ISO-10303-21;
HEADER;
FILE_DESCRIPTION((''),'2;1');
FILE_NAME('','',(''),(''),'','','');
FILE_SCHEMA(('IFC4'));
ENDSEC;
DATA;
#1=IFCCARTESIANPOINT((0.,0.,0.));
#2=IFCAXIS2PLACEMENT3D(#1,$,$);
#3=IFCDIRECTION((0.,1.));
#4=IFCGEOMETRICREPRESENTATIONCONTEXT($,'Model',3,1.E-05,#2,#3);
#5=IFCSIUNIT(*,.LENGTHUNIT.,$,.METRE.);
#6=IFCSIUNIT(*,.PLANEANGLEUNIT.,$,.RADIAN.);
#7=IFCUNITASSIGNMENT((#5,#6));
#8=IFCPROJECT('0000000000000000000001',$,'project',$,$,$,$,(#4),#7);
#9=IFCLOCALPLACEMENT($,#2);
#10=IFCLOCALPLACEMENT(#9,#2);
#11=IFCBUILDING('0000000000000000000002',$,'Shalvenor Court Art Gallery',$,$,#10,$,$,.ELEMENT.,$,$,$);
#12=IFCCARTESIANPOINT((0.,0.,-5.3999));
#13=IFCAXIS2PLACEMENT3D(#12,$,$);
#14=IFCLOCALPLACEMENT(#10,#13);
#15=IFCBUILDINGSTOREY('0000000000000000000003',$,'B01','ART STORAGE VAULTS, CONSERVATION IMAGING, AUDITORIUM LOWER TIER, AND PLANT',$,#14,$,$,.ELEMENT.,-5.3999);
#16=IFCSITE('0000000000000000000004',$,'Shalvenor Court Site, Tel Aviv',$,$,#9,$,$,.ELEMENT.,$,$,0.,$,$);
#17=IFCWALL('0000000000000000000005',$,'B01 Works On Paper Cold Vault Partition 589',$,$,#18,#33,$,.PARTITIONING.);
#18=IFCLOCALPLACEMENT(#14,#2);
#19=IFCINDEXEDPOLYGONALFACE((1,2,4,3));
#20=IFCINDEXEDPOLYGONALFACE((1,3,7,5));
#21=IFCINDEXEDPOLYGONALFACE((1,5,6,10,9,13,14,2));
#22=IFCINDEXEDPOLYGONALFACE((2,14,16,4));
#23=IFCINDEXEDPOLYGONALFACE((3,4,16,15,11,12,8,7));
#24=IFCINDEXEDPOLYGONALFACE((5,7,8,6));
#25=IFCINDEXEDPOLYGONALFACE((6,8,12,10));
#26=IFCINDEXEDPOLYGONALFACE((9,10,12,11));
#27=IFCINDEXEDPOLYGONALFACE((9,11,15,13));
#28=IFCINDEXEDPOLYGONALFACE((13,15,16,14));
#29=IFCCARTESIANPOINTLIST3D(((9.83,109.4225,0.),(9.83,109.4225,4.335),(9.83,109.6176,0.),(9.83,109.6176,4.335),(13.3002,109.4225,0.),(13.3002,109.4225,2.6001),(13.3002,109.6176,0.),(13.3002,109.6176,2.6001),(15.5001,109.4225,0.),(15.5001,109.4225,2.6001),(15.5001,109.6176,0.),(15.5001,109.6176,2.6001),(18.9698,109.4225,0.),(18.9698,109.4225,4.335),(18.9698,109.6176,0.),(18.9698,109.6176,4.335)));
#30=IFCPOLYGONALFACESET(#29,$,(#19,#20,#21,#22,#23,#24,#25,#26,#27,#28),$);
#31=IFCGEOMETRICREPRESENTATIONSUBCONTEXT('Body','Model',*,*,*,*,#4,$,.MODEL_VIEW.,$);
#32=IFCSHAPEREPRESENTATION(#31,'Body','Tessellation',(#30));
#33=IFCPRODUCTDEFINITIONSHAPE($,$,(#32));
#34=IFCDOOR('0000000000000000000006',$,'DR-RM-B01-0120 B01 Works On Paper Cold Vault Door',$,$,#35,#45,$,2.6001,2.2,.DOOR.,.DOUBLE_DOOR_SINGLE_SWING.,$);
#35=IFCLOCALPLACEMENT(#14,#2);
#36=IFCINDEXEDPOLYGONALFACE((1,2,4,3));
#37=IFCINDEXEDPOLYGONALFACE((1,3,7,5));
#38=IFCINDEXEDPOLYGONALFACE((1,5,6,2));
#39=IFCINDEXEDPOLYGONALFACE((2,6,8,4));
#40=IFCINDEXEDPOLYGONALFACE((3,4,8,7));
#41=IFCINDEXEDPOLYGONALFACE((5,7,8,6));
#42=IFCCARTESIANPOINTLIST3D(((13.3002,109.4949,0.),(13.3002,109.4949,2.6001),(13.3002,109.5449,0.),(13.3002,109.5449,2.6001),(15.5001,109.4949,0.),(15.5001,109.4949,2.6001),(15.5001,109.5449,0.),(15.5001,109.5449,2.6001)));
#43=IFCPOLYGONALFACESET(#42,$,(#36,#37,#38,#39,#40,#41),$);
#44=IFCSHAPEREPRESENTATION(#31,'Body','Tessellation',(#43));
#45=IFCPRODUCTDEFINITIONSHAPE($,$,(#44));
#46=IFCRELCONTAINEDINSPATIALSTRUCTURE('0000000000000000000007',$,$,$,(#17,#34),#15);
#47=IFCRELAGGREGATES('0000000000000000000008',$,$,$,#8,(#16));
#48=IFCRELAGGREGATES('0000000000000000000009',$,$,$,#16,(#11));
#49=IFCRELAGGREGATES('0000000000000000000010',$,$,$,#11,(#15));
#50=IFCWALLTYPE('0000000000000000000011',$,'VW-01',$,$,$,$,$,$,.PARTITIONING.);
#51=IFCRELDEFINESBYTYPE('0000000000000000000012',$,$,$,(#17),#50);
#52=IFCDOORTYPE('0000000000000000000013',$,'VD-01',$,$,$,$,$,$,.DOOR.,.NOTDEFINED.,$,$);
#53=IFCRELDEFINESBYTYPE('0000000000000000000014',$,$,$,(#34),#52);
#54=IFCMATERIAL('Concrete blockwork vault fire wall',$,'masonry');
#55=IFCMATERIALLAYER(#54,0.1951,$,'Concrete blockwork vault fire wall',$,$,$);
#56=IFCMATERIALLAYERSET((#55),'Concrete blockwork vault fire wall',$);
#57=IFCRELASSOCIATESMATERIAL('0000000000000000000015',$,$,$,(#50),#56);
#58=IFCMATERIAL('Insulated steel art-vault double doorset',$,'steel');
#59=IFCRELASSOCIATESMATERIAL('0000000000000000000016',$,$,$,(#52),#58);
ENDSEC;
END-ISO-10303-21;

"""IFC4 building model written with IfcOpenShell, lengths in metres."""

from ifc_helpers import new_model, si_unit, direction, frame, frame_2d, origin, place, context, subcontext, project, spatial, rectangle, extrude, material, layer, layer_set, type_object, element, fill, save


model = new_model("IFC4")

# Units and contexts
model_context = context("Model", 3, precision=1e-05, world=origin(), true_north=direction((0.0, 1.0)))
body_context = subcontext(model_context, "Body", "Model", "MODEL_VIEW")
ifc_project = project(units=[si_unit("LENGTHUNIT", "METRE"), si_unit("PLANEANGLEUNIT", "RADIAN")], contexts=[model_context])

# Site, building, storey
site_placement = place(None, origin())
site = spatial("IfcSite", under=ifc_project, at=site_placement, Name="Shalvenor Court Site, Tel Aviv", CompositionType="ELEMENT", RefElevation=0.0)
building_placement = place(site_placement, origin())
building = spatial("IfcBuilding", under=site, at=building_placement, Name="Shalvenor Court Art Gallery", CompositionType="ELEMENT")
storey_placement = place(building_placement, frame((0.0, 0.0, -5.3999)))
storey = spatial("IfcBuildingStorey", under=building, at=storey_placement, Name="B01", Description="ART STORAGE VAULTS, CONSERVATION IMAGING, AUDITORIUM LOWER TIER, AND PLANT", CompositionType="ELEMENT", Elevation=-5.3999)

# Wall, opening, door
ifc_material_1 = material(Name="Concrete blockwork vault fire wall", Category="masonry")
ifc_layer_1 = layer(ifc_material_1, 0.1951, Name="Concrete blockwork vault fire wall")
ifc_layer_set_1 = layer_set([ifc_layer_1], Name="Concrete blockwork vault fire wall")
wall_type_1 = type_object("IfcWallType", Name="VW-01", PredefinedType="PARTITIONING", material=ifc_layer_set_1)
ifc_material_2 = material(Name="Insulated steel art-vault double doorset", Category="steel")
door_type_1 = type_object("IfcDoorType", Name="VD-01", OperationType="NOTDEFINED", PredefinedType="DOOR", material=ifc_material_2)
wall_1_placement = place(storey_placement, frame((9.8301, 109.52, 0.0), z_axis=(0.0, 0.0, 1.0), x_axis=(1.0, 0.0, 0.0)))
wall_1 = element("IfcWall", 1, at=wall_1_placement, inside=storey, type_object=wall_type_1, Name="B01 Works On Paper Cold Vault Partition 589", PredefinedType="PARTITIONING", context=body_context, shape_type="SweptSolid", body=[
    extrude(rectangle(XDim=9.1399, YDim=0.1951, at=frame_2d((4.5698, 0.0))), origin(), (0.0, 0.0, 1.0), 4.335),
])
opening_1_placement = place(wall_1_placement, frame((3.47, 0.0, 0.0)))
opening_1 = element("IfcOpeningElement", 2, at=opening_1_placement, cuts=wall_1, PredefinedType="OPENING", context=body_context, shape_type="SweptSolid", body=[
    extrude(rectangle(XDim=2.2, YDim=2.6001, at=frame_2d((1.1001, 1.3))), frame((0.0, 0.1074, 0.0), z_axis=(0.0, -1.0, 0.0), x_axis=(1.0, 0.0, 0.0)), (0.0, 0.0, 1.0), 0.2151),
])
door_1_placement = place(opening_1_placement, origin())
door_1 = element("IfcDoor", 3, at=door_1_placement, inside=storey, type_object=door_type_1, Name="DR-RM-B01-0120 B01 Works On Paper Cold Vault Door", OperationType="DOUBLE_DOOR_SINGLE_SWING", OverallHeight=2.6001, OverallWidth=2.2, PredefinedType="DOOR", context=body_context, shape_type="SweptSolid", body=[
    extrude(rectangle(XDim=2.2, YDim=2.6001, at=frame_2d((1.1001, 1.3))), frame((0.0, 0.0249, 0.0), z_axis=(0.0, -1.0, 0.0), x_axis=(1.0, 0.0, 0.0)), (0.0, 0.0, 1.0), 0.05),
])
fill(opening_1, door_1)

save(model, "model.ifc")
